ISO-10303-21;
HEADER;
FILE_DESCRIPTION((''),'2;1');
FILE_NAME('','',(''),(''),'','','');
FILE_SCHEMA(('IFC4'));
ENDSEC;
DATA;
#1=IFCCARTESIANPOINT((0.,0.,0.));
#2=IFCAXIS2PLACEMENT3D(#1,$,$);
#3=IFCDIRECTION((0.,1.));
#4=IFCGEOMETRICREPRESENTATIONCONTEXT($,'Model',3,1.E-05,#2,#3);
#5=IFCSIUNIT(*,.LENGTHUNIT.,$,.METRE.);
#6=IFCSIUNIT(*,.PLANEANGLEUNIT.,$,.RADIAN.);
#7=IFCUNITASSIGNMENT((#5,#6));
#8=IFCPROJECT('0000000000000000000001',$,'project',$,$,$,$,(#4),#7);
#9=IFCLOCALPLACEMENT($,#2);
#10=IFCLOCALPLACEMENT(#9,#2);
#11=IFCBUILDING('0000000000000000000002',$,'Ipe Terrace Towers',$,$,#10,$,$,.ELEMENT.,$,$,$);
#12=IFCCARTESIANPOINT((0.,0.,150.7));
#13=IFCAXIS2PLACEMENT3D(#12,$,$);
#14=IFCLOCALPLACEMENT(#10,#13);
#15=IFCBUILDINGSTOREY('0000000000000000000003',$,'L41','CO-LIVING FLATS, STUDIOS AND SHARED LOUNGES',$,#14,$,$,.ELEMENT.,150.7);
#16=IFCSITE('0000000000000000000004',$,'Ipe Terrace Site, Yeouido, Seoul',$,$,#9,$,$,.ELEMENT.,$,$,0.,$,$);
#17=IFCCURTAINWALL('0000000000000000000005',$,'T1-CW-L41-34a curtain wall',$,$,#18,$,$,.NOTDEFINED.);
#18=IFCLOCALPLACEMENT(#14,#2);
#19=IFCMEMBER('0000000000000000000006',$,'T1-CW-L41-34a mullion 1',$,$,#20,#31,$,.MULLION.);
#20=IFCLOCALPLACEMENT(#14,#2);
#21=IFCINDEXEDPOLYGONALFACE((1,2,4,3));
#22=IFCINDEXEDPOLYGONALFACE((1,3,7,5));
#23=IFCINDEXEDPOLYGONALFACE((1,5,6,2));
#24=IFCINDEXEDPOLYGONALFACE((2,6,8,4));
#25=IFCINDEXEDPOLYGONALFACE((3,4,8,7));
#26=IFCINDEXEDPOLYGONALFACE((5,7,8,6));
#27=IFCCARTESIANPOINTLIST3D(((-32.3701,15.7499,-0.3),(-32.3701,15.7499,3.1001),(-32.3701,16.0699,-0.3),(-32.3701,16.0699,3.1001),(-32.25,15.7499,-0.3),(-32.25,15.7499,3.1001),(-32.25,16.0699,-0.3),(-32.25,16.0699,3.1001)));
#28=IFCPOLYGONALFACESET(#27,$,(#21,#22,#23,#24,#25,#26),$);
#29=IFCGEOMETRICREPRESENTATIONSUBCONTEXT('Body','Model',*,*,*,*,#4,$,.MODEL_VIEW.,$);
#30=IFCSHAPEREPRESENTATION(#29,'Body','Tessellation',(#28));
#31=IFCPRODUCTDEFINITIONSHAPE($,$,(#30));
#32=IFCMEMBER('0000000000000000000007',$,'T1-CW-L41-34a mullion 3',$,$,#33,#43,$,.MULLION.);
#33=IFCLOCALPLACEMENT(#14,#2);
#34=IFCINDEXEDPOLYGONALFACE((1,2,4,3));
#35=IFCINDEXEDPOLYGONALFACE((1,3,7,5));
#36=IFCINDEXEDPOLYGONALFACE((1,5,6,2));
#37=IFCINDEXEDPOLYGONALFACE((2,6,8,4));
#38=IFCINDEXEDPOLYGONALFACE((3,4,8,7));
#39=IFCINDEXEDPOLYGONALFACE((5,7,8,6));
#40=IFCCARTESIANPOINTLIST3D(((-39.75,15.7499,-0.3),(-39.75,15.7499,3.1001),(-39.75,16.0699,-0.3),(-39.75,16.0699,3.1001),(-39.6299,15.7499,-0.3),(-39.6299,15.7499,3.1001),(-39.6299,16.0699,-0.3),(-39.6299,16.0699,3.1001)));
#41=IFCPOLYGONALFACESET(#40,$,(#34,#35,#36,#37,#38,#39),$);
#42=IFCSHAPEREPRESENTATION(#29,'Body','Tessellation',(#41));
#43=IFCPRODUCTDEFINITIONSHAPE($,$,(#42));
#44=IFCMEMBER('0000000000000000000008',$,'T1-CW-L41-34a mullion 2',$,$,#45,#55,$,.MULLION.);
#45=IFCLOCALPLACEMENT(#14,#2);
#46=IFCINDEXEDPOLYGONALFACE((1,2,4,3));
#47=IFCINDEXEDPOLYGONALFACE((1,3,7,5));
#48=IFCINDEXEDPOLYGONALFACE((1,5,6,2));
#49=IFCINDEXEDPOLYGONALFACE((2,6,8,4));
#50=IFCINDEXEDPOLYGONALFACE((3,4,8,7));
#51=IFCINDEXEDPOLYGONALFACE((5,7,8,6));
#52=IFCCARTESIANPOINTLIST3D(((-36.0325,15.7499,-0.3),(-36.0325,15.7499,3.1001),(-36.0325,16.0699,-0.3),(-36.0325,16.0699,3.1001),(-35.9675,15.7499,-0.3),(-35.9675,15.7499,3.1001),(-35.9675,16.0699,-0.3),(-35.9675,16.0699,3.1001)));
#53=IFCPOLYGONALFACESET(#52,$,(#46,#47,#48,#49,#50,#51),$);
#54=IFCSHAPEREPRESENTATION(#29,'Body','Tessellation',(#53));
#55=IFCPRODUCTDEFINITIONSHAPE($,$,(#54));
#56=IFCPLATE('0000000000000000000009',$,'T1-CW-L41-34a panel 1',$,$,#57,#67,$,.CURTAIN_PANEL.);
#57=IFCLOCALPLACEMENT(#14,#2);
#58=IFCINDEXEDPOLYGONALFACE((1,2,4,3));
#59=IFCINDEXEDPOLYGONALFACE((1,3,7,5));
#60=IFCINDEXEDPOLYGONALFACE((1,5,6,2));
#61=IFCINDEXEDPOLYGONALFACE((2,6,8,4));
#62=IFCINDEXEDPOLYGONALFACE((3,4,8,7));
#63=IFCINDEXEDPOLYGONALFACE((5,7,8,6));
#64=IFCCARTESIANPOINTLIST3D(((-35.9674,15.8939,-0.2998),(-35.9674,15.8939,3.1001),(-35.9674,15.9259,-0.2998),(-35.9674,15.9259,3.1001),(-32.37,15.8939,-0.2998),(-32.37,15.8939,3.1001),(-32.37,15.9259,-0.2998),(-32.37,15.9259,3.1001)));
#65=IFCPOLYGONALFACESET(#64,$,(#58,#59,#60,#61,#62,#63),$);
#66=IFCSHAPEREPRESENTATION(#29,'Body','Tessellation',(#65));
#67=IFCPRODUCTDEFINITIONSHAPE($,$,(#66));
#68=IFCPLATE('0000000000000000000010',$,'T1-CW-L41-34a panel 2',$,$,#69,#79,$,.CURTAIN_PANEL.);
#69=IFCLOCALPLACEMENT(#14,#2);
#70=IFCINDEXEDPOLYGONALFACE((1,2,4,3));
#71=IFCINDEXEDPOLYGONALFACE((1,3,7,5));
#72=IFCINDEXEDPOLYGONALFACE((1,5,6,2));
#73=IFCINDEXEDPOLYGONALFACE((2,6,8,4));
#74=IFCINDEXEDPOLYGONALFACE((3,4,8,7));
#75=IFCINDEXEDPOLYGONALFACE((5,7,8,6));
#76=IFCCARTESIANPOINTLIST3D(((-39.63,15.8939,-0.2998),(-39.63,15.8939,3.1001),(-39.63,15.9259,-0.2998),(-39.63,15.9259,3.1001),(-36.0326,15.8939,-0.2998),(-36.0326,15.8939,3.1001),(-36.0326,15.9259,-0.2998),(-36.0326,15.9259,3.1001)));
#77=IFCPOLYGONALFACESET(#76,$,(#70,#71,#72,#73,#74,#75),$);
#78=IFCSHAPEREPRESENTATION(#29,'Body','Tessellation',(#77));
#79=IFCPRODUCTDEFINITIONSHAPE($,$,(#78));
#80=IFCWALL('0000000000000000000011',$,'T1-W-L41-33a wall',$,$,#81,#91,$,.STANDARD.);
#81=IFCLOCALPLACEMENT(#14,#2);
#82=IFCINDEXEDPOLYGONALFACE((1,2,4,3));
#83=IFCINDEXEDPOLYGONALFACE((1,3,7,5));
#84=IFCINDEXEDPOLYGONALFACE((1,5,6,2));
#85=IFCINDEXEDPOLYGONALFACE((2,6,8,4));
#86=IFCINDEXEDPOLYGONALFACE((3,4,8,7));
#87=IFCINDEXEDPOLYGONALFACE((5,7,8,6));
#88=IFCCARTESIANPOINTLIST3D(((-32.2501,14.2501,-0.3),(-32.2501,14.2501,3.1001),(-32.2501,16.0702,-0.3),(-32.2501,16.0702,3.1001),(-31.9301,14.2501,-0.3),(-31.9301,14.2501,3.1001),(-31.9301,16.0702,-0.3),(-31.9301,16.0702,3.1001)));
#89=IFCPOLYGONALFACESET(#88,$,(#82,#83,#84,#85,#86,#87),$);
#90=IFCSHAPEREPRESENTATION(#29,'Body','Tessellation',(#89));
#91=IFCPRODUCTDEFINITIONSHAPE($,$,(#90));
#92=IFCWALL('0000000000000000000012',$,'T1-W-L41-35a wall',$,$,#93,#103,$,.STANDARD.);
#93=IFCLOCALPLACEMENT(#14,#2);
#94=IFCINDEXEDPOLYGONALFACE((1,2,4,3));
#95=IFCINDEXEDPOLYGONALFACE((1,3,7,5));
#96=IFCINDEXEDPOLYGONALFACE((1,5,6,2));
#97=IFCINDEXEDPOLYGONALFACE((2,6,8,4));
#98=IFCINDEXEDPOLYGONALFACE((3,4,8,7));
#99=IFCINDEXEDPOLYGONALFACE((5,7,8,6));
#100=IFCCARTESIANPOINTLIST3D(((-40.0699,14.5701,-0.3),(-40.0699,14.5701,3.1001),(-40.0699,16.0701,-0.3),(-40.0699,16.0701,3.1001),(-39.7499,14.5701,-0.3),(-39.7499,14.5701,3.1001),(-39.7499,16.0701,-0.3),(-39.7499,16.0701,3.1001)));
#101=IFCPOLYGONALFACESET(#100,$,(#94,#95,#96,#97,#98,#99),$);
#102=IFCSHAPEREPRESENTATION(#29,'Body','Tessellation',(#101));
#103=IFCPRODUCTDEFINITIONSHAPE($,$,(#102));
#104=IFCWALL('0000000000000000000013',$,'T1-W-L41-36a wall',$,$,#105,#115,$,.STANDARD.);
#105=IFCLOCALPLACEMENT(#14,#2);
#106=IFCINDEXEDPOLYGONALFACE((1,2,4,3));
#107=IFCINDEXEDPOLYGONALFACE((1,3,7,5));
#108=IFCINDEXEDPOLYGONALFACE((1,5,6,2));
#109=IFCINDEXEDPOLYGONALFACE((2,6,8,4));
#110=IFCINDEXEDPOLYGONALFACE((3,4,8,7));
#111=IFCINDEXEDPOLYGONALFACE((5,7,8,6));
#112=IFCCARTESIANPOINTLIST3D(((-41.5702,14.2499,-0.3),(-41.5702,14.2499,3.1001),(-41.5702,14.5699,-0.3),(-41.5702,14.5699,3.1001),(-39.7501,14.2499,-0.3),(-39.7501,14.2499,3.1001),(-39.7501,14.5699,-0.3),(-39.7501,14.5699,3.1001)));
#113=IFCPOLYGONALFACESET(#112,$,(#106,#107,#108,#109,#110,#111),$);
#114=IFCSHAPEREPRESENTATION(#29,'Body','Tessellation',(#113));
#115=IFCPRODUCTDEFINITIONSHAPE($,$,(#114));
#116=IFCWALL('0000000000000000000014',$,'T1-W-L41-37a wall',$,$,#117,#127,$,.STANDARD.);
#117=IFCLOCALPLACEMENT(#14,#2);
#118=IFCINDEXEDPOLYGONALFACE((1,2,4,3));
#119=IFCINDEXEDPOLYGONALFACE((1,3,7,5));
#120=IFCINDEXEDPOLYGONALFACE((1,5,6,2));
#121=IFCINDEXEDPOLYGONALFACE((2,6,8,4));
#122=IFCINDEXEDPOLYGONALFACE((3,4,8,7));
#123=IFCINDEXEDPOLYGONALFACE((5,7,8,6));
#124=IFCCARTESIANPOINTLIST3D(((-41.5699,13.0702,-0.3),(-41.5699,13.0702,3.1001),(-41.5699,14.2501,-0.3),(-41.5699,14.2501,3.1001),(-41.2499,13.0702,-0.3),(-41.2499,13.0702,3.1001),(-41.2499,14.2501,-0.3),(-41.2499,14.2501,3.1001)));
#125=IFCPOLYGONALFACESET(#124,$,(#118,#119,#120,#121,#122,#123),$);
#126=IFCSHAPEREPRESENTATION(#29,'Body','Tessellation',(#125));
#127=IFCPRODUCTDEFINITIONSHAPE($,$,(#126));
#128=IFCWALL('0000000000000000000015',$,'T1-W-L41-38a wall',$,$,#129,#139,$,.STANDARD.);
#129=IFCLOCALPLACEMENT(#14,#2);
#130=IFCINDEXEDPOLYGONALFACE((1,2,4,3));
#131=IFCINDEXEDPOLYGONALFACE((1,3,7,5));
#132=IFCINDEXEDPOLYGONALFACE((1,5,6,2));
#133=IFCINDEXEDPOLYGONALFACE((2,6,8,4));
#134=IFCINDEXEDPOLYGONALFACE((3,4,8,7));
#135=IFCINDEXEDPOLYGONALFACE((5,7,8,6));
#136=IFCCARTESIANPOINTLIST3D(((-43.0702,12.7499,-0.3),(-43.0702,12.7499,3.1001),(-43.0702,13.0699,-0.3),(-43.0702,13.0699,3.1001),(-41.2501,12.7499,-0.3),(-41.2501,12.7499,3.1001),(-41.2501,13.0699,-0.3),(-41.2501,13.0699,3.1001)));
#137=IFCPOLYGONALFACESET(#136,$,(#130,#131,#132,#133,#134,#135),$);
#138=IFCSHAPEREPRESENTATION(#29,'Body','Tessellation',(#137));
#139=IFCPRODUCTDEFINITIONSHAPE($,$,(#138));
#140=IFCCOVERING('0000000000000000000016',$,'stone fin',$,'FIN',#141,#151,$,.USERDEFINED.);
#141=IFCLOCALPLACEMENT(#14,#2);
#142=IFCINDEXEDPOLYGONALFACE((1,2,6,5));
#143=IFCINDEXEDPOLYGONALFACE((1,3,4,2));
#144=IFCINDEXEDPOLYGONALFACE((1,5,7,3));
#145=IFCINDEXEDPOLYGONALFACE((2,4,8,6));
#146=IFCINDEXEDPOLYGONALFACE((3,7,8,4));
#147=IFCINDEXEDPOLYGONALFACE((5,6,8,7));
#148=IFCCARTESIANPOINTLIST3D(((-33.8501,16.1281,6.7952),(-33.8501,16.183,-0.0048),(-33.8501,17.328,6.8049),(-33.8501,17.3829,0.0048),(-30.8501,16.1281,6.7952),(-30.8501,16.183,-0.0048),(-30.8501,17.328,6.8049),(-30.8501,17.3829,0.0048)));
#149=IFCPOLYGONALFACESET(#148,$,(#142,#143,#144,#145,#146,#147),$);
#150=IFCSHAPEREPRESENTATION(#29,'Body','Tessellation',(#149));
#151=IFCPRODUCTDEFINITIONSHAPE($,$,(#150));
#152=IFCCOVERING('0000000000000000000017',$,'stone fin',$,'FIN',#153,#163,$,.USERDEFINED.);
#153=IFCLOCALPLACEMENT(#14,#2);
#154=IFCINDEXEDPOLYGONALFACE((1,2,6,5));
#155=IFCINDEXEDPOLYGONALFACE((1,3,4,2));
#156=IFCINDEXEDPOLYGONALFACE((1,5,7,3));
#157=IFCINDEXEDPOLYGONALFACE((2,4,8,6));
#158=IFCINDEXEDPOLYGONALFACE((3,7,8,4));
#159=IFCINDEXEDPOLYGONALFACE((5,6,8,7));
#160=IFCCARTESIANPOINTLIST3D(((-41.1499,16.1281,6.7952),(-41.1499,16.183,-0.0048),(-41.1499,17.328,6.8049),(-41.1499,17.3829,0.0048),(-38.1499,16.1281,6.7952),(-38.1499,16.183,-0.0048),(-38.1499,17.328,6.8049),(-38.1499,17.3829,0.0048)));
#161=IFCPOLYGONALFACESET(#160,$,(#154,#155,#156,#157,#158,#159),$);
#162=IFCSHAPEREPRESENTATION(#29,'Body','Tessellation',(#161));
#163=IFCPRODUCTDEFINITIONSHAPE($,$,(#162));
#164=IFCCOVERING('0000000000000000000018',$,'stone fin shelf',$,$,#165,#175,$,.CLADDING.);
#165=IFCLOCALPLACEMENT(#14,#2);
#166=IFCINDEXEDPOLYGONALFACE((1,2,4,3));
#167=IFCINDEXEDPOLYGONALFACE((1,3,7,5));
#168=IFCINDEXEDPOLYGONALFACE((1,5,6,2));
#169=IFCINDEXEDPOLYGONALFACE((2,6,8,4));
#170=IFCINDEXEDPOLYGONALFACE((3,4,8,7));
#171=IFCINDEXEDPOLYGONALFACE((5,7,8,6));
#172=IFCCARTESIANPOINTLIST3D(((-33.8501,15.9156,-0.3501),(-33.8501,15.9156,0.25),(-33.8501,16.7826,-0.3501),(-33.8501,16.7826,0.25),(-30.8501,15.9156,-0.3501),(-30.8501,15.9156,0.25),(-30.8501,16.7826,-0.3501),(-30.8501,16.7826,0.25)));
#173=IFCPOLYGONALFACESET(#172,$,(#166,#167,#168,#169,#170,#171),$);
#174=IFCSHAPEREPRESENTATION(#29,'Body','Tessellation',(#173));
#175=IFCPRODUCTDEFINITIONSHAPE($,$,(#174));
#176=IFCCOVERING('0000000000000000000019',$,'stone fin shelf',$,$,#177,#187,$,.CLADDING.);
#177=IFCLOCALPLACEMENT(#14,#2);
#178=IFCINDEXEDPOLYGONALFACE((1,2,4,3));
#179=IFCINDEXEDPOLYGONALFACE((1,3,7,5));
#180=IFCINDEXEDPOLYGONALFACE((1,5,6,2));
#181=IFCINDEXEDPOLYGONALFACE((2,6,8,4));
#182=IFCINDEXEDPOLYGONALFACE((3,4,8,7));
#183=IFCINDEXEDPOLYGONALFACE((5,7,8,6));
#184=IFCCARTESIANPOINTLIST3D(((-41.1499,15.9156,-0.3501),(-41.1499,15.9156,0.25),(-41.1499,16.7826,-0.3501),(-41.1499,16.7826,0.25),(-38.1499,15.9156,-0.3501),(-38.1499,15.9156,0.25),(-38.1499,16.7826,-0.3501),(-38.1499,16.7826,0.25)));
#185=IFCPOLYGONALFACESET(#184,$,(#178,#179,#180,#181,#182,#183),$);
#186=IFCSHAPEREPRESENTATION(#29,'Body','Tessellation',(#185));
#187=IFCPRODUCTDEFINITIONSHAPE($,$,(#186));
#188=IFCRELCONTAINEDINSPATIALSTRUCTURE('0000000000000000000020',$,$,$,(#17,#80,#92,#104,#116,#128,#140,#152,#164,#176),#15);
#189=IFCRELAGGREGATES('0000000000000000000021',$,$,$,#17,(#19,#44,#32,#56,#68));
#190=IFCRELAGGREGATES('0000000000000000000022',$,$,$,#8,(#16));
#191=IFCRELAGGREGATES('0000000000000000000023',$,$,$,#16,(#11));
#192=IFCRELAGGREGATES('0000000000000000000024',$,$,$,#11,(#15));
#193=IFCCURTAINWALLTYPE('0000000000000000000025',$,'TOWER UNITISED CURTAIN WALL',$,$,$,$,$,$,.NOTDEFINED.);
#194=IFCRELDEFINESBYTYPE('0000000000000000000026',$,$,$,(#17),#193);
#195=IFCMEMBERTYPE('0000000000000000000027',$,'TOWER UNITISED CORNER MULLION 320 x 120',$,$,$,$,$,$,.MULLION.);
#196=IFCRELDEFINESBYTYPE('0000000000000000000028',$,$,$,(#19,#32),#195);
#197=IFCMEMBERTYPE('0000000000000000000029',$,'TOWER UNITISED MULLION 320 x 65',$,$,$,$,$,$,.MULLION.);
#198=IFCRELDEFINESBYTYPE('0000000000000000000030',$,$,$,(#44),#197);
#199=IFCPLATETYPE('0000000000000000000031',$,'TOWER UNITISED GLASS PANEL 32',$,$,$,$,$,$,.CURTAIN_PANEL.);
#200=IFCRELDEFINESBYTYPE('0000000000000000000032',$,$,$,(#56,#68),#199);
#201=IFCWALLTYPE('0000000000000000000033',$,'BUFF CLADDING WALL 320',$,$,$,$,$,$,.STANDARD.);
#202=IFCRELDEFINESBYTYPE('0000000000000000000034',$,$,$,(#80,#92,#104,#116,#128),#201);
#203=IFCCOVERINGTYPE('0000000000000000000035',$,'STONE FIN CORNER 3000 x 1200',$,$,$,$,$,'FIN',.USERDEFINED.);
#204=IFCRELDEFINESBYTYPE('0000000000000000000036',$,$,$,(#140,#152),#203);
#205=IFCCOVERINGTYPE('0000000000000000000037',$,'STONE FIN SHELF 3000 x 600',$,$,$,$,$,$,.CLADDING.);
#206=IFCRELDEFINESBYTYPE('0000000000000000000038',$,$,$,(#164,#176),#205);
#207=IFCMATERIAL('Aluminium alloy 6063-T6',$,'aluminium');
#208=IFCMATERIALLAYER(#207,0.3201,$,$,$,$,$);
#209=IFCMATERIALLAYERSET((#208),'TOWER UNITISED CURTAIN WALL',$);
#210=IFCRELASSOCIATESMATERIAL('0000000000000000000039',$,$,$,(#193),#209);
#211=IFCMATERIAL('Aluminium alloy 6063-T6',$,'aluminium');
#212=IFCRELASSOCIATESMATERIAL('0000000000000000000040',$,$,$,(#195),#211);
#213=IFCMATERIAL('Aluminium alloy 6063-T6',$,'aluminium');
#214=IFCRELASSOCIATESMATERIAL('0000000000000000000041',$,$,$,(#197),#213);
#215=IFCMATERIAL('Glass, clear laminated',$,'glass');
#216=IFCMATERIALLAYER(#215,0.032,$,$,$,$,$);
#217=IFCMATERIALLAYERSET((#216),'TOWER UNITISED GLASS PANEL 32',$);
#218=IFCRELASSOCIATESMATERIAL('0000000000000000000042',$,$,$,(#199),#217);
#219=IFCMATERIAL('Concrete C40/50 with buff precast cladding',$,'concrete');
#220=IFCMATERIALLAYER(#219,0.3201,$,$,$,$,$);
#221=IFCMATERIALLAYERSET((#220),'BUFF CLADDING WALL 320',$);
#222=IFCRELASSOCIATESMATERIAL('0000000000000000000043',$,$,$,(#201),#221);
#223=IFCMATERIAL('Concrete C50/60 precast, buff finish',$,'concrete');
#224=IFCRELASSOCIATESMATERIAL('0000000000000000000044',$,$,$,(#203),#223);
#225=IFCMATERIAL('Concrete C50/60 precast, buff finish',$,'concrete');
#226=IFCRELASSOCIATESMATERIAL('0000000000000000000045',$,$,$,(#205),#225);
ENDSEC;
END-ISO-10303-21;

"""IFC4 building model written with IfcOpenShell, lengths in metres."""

from ifc_helpers import new_model, si_unit, direction, frame, frame_2d, origin, origin_2d, place, context, subcontext, project, spatial, rectangle, extrude, material, layer, layer_set, material_profile, profile_set, type_object, element, aggregate, save


model = new_model("IFC4")

# Units and contexts
model_context = context("Model", 3, precision=1e-05, world=origin(), true_north=direction((0.0, 1.0)))
body_context = subcontext(model_context, "Body", "Model", "MODEL_VIEW")
ifc_project = project(units=[si_unit("LENGTHUNIT", "METRE"), si_unit("PLANEANGLEUNIT", "RADIAN")], contexts=[model_context])

# Site, building, storey
site_placement = place(None, origin())
site = spatial("IfcSite", under=ifc_project, at=site_placement, Name="Ipe Terrace Site, Yeouido, Seoul", CompositionType="ELEMENT", RefElevation=0.0)
building_placement = place(site_placement, origin())
building = spatial("IfcBuilding", under=site, at=building_placement, Name="Ipe Terrace Towers", CompositionType="ELEMENT")
storey_placement = place(building_placement, frame((0.0, 0.0, 150.7)))
storey = spatial("IfcBuildingStorey", under=building, at=storey_placement, Name="L41", Description="CO-LIVING FLATS, STUDIOS AND SHARED LOUNGES", CompositionType="ELEMENT", Elevation=150.7)

# Curtain wall, members, plates
ifc_material_1 = material(Name="Aluminium alloy 6063-T6", Category="aluminium")
ifc_layer_1 = layer(ifc_material_1, 0.3201)
ifc_layer_set_1 = layer_set([ifc_layer_1], Name="TOWER UNITISED CURTAIN WALL")
curtain_wall_type = type_object("IfcCurtainWallType", Name="TOWER UNITISED CURTAIN WALL", PredefinedType="NOTDEFINED", material=ifc_layer_set_1)
curtain_wall_placement = place(storey_placement, origin())
curtain_wall = element("IfcCurtainWall", 1, at=curtain_wall_placement, inside=storey, type_object=curtain_wall_type, Name="T1-CW-L41-34a curtain wall", PredefinedType="NOTDEFINED")
ifc_material_2 = material(Name="Aluminium alloy 6063-T6", Category="aluminium")
ifc_material_profile_1 = material_profile(ifc_material_2, rectangle(XDim=0.3201, YDim=0.1201, at=origin_2d()), Name="TOWER UNITISED CORNER MULLION 320 x 120")
ifc_profile_set_1 = profile_set([ifc_material_profile_1], Name="Aluminium alloy 6063-T6")
member_type_1 = type_object("IfcMemberType", Name="TOWER UNITISED CORNER MULLION 320 x 120", PredefinedType="MULLION", material=ifc_profile_set_1)
member_1_placement = place(storey_placement, frame((-32.3101, 15.9099, -0.3), z_axis=(0.0, 0.0, 1.0), x_axis=(0.0, 1.0, 0.0)))
member_1 = element("IfcMember", 2, at=member_1_placement, type_object=member_type_1, Name="T1-CW-L41-34a mullion 1", PredefinedType="MULLION", context=body_context, shape_type="SweptSolid", body=[
    extrude(rectangle(XDim=0.3201, YDim=0.1201, at=origin_2d()), origin(), (0.0, 0.0, 1.0), 3.4001),
])
member_2_placement = place(storey_placement, frame((-39.6899, 15.9099, -0.3), z_axis=(0.0, 0.0, 1.0), x_axis=(0.0, 1.0, 0.0)))
member_2 = element("IfcMember", 3, at=member_2_placement, type_object=member_type_1, Name="T1-CW-L41-34a mullion 3", PredefinedType="MULLION", context=body_context, shape_type="SweptSolid", body=[
    extrude(rectangle(XDim=0.3201, YDim=0.1201, at=origin_2d()), origin(), (0.0, 0.0, 1.0), 3.4001),
])
ifc_material_3 = material(Name="Aluminium alloy 6063-T6", Category="aluminium")
ifc_material_profile_2 = material_profile(ifc_material_3, rectangle(XDim=0.3201, YDim=0.0649, at=origin_2d()), Name="TOWER UNITISED MULLION 320 x 65")
ifc_profile_set_2 = profile_set([ifc_material_profile_2], Name="Aluminium alloy 6063-T6")
member_type_2 = type_object("IfcMemberType", Name="TOWER UNITISED MULLION 320 x 65", PredefinedType="MULLION", material=ifc_profile_set_2)
member_3_placement = place(storey_placement, frame((-36.0, 15.9099, -0.3), z_axis=(0.0, 0.0, 1.0), x_axis=(0.0, 1.0, 0.0)))
member_3 = element("IfcMember", 4, at=member_3_placement, type_object=member_type_2, Name="T1-CW-L41-34a mullion 2", PredefinedType="MULLION", context=body_context, shape_type="SweptSolid", body=[
    extrude(rectangle(XDim=0.3201, YDim=0.0649, at=origin_2d()), origin(), (0.0, 0.0, 1.0), 3.4001),
])
ifc_material_4 = material(Name="Glass, clear laminated", Category="glass")
ifc_layer_2 = layer(ifc_material_4, 0.032)
ifc_layer_set_2 = layer_set([ifc_layer_2], Name="TOWER UNITISED GLASS PANEL 32")
plate_type = type_object("IfcPlateType", Name="TOWER UNITISED GLASS PANEL 32", PredefinedType="CURTAIN_PANEL", material=ifc_layer_set_2)
plate_1_placement = place(storey_placement, frame((-34.1687, 15.9099, -0.2998), z_axis=(0.0, 0.0, 1.0), x_axis=(-1.0, 0.0, 0.0)))
plate_1 = element("IfcPlate", 5, at=plate_1_placement, type_object=plate_type, Name="T1-CW-L41-34a panel 1", PredefinedType="CURTAIN_PANEL", context=body_context, shape_type="SweptSolid", body=[
    extrude(rectangle(XDim=3.5974, YDim=0.032, at=origin_2d()), origin(), (0.0, 0.0, 1.0), 3.3999),
])
plate_2_placement = place(storey_placement, frame((-37.8313, 15.9099, -0.2998), z_axis=(0.0, 0.0, 1.0), x_axis=(-1.0, 0.0, 0.0)))
plate_2 = element("IfcPlate", 6, at=plate_2_placement, type_object=plate_type, Name="T1-CW-L41-34a panel 2", PredefinedType="CURTAIN_PANEL", context=body_context, shape_type="SweptSolid", body=[
    extrude(rectangle(XDim=3.5974, YDim=0.032, at=origin_2d()), origin(), (0.0, 0.0, 1.0), 3.3999),
])
aggregate(curtain_wall, [member_1, member_3, member_2, plate_1, plate_2])

# Walls
ifc_material_5 = material(Name="Concrete C40/50 with buff precast cladding", Category="concrete")
ifc_layer_3 = layer(ifc_material_5, 0.3201)
ifc_layer_set_3 = layer_set([ifc_layer_3], Name="BUFF CLADDING WALL 320")
wall_type = type_object("IfcWallType", Name="BUFF CLADDING WALL 320", PredefinedType="STANDARD", material=ifc_layer_set_3)
wall_1_placement = place(storey_placement, frame((-32.0901, 14.25, -0.3), z_axis=(0.0, 0.0, 1.0), x_axis=(0.0, 1.0, 0.0)))
element("IfcWall", 7, at=wall_1_placement, inside=storey, type_object=wall_type, Name="T1-W-L41-33a wall", PredefinedType="STANDARD", context=body_context, shape_type="SweptSolid", body=[
    extrude(rectangle(XDim=1.8201, YDim=0.3201, at=frame_2d((0.9102, 0.0))), origin(), (0.0, 0.0, 1.0), 3.4001),
])
wall_2_placement = place(storey_placement, frame((-39.9099, 16.0701, -0.3), z_axis=(0.0, 0.0, 1.0), x_axis=(0.0, -1.0, 0.0)))
element("IfcWall", 8, at=wall_2_placement, inside=storey, type_object=wall_type, Name="T1-W-L41-35a wall", PredefinedType="STANDARD", context=body_context, shape_type="SweptSolid", body=[
    extrude(rectangle(XDim=1.5, YDim=0.3201, at=frame_2d((0.75, 0.0))), origin(), (0.0, 0.0, 1.0), 3.4001),
])
wall_3_placement = place(storey_placement, frame((-39.75, 14.4099, -0.3), z_axis=(0.0, 0.0, 1.0), x_axis=(-1.0, 0.0, 0.0)))
element("IfcWall", 9, at=wall_3_placement, inside=storey, type_object=wall_type, Name="T1-W-L41-36a wall", PredefinedType="STANDARD", context=body_context, shape_type="SweptSolid", body=[
    extrude(rectangle(XDim=1.8201, YDim=0.3201, at=frame_2d((0.9102, 0.0))), origin(), (0.0, 0.0, 1.0), 3.4001),
])
wall_4_placement = place(storey_placement, frame((-41.4099, 14.25, -0.3), z_axis=(0.0, 0.0, 1.0), x_axis=(0.0, -1.0, 0.0)))
element("IfcWall", 10, at=wall_4_placement, inside=storey, type_object=wall_type, Name="T1-W-L41-37a wall", PredefinedType="STANDARD", context=body_context, shape_type="SweptSolid", body=[
    extrude(rectangle(XDim=1.1799, YDim=0.3201, at=frame_2d((0.5898, 0.0))), origin(), (0.0, 0.0, 1.0), 3.4001),
])
wall_5_placement = place(storey_placement, frame((-41.25, 12.9099, -0.3), z_axis=(0.0, 0.0, 1.0), x_axis=(-1.0, 0.0, 0.0)))
element("IfcWall", 11, at=wall_5_placement, inside=storey, type_object=wall_type, Name="T1-W-L41-38a wall", PredefinedType="STANDARD", context=body_context, shape_type="SweptSolid", body=[
    extrude(rectangle(XDim=1.8201, YDim=0.3201, at=frame_2d((0.9102, 0.0))), origin(), (0.0, 0.0, 1.0), 3.4001),
])

# Coverings
ifc_material_6 = material(Name="Concrete C50/60 precast, buff finish", Category="concrete")
ifc_material_profile_3 = material_profile(ifc_material_6, rectangle(XDim=3.0, YDim=1.2, at=origin_2d()), Name="STONE FIN CORNER 3000 x 1200")
ifc_profile_set_3 = profile_set([ifc_material_profile_3], Name="Concrete C50/60 precast, buff finish")
covering_type_1 = type_object("IfcCoveringType", Name="STONE FIN CORNER 3000 x 1200", ElementType="FIN", PredefinedType="USERDEFINED", material=ifc_profile_set_3)
for number, where, z_axis, x_axis, name in (
    (12, (-32.3501, 16.783, 0.0), (0.0, -0.008078, 0.999967), (-1.0, 0.0, 0.0), "stone fin"),
    (13, (-39.6499, 16.783, 0.0), (0.0, -0.008078, 0.999967), (-1.0, 0.0, 0.0), "stone fin"),
):
    element("IfcCovering", number, at=place(storey_placement, frame(where, z_axis=z_axis, x_axis=x_axis)), inside=storey, type_object=covering_type_1, Name=name, ObjectType="FIN", PredefinedType="USERDEFINED", context=body_context, shape_type="SweptSolid", body=[
        extrude(rectangle(XDim=3.0, YDim=1.2, at=origin_2d()), origin(), (0.0, 0.0, 1.0), 6.8003),
    ])
ifc_material_7 = material(Name="Concrete C50/60 precast, buff finish", Category="concrete")
covering_type_2 = type_object("IfcCoveringType", Name="STONE FIN SHELF 3000 x 600", PredefinedType="CLADDING", material=ifc_material_7)
for number, where, z_axis, x_axis, name in (
    (14, (-32.3501, 16.3491, -0.3501), (0.0, 0.0, 1.0), (-1.0, 0.0, 0.0), "stone fin shelf"),
    (15, (-39.6499, 16.3491, -0.3501), (0.0, 0.0, 1.0), (-1.0, 0.0, 0.0), "stone fin shelf"),
):
    element("IfcCovering", number, at=place(storey_placement, frame(where, z_axis=z_axis, x_axis=x_axis)), inside=storey, type_object=covering_type_2, Name=name, PredefinedType="CLADDING", context=body_context, shape_type="SweptSolid", body=[
        extrude(rectangle(XDim=3.0, YDim=0.8669, at=origin_2d()), origin(), (0.0, 0.0, 1.0), 0.6001),
    ])

save(model, "model.ifc")
